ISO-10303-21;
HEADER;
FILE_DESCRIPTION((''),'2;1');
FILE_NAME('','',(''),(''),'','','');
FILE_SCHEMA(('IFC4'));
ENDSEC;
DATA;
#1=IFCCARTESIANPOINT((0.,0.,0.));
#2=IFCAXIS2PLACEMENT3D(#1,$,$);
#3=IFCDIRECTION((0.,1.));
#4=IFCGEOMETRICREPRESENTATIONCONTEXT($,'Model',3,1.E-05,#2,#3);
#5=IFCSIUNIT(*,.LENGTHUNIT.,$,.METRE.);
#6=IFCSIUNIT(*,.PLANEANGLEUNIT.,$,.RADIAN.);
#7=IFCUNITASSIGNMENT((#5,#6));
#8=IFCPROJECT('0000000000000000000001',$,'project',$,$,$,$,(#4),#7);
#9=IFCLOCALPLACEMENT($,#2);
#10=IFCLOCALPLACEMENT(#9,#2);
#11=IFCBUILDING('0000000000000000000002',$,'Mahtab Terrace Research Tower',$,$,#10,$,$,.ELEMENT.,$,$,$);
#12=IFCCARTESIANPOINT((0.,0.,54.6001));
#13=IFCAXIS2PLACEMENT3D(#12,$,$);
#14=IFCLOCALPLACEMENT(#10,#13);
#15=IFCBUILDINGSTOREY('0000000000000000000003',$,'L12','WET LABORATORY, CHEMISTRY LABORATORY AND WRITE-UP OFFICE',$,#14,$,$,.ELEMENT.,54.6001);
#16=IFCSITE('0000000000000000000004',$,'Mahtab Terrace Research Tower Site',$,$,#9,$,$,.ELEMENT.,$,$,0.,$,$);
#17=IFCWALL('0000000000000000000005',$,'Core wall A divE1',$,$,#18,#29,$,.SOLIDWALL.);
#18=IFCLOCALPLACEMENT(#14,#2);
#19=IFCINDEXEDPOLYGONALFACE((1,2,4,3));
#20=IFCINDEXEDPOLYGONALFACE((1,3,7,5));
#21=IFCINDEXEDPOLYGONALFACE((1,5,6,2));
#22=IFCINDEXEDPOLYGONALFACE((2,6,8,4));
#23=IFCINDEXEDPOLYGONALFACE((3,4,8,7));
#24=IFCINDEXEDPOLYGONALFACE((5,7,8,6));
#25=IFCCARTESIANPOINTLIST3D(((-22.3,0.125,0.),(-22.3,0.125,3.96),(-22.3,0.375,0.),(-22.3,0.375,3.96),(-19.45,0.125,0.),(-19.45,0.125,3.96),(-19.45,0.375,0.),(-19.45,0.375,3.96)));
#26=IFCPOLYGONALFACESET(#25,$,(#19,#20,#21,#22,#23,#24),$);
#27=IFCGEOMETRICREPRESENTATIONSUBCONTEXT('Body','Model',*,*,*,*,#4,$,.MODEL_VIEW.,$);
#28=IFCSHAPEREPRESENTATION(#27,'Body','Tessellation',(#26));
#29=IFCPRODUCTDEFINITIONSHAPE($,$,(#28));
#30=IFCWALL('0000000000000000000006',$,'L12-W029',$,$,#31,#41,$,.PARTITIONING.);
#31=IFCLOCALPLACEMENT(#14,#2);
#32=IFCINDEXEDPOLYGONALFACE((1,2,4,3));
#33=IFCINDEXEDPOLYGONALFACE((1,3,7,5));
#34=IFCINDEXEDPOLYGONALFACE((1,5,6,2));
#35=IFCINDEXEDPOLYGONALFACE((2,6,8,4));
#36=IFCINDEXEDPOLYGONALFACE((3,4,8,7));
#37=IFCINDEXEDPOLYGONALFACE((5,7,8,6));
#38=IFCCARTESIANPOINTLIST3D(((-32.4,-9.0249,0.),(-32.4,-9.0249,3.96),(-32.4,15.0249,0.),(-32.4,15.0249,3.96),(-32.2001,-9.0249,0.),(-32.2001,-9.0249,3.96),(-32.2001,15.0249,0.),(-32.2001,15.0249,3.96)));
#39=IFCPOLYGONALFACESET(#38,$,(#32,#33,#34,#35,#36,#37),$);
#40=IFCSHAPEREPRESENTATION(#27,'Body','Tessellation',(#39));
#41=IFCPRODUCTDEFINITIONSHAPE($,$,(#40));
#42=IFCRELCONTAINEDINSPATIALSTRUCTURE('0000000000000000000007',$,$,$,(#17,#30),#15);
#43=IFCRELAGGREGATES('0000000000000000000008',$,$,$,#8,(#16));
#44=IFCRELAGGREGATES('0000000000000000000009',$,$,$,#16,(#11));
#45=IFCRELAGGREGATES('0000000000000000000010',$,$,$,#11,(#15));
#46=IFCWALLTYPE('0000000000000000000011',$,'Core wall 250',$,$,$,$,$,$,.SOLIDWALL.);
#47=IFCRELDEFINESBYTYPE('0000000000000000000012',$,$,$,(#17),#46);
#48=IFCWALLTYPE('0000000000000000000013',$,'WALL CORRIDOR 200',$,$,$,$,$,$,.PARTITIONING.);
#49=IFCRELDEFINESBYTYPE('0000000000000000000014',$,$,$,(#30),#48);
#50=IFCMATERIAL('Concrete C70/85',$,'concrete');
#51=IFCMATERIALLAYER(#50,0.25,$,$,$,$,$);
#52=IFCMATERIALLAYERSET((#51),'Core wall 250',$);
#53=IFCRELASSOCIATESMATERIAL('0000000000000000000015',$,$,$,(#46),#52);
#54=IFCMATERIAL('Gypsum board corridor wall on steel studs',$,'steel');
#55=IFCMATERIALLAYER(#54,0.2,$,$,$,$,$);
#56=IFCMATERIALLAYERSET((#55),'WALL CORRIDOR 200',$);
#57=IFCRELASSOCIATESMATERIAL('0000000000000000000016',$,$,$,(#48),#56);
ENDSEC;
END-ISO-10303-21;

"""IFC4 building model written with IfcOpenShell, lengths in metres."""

from ifc_helpers import new_model, si_unit, direction, frame, frame_2d, origin, place, context, subcontext, project, spatial, rectangle, extrude, material, layer, layer_set, type_object, element, save


model = new_model("IFC4")

# Units and contexts
model_context = context("Model", 3, precision=1e-05, world=origin(), true_north=direction((0.0, 1.0)))
body_context = subcontext(model_context, "Body", "Model", "MODEL_VIEW")
ifc_project = project(units=[si_unit("LENGTHUNIT", "METRE"), si_unit("PLANEANGLEUNIT", "RADIAN")], contexts=[model_context])

# Site, building, storey
site_placement = place(None, origin())
site = spatial("IfcSite", under=ifc_project, at=site_placement, Name="Mahtab Terrace Research Tower Site", CompositionType="ELEMENT", RefElevation=0.0)
building_placement = place(site_placement, origin())
building = spatial("IfcBuilding", under=site, at=building_placement, Name="Mahtab Terrace Research Tower", CompositionType="ELEMENT")
storey_placement = place(building_placement, frame((0.0, 0.0, 54.6001)))
storey = spatial("IfcBuildingStorey", under=building, at=storey_placement, Name="L12", Description="WET LABORATORY, CHEMISTRY LABORATORY AND WRITE-UP OFFICE", CompositionType="ELEMENT", Elevation=54.6001)

# Shared definitions
ifc_material_1 = material(Name="Concrete C70/85", Category="concrete")

# Shared definitions
ifc_layer_1 = layer(ifc_material_1, 0.25)
ifc_layer_set_1 = layer_set([ifc_layer_1], Name="Core wall 250")
wall_type_1 = type_object("IfcWallType", Name="Core wall 250", PredefinedType="SOLIDWALL", material=ifc_layer_set_1)

# Walls
for number, where, z_axis, x_axis, name in (
    (1, (-22.3, 0.25, 0.0), (0.0, 0.0, 1.0), (1.0, 0.0, 0.0), "Core wall A divE1"),
):
    element("IfcWall", number, at=place(storey_placement, frame(where, z_axis=z_axis, x_axis=x_axis)), inside=storey, type_object=wall_type_1, Name=name, PredefinedType="SOLIDWALL", context=body_context, shape_type="SweptSolid", body=[
        extrude(rectangle(XDim=2.8501, YDim=0.25, at=frame_2d((1.425, 0.0))), origin(), (0.0, 0.0, 1.0), 3.96),
    ])
ifc_material_2 = material(Name="Gypsum board corridor wall on steel studs", Category="steel")
ifc_layer_2 = layer(ifc_material_2, 0.2)
ifc_layer_set_2 = layer_set([ifc_layer_2], Name="WALL CORRIDOR 200")
wall_type_2 = type_object("IfcWallType", Name="WALL CORRIDOR 200", PredefinedType="PARTITIONING", material=ifc_layer_set_2)
wall_1_placement = place(storey_placement, frame((-32.3, -9.0249, 0.0), z_axis=(0.0, 0.0, 1.0), x_axis=(0.0, 1.0, 0.0)))
element("IfcWall", 2, at=wall_1_placement, inside=storey, type_object=wall_type_2, Name="L12-W029", PredefinedType="PARTITIONING", context=body_context, shape_type="SweptSolid", body=[
    extrude(rectangle(XDim=24.0498, YDim=0.2, at=frame_2d((12.0249, 0.0))), origin(), (0.0, 0.0, 1.0), 3.96),
])

save(model, "model.ifc")
